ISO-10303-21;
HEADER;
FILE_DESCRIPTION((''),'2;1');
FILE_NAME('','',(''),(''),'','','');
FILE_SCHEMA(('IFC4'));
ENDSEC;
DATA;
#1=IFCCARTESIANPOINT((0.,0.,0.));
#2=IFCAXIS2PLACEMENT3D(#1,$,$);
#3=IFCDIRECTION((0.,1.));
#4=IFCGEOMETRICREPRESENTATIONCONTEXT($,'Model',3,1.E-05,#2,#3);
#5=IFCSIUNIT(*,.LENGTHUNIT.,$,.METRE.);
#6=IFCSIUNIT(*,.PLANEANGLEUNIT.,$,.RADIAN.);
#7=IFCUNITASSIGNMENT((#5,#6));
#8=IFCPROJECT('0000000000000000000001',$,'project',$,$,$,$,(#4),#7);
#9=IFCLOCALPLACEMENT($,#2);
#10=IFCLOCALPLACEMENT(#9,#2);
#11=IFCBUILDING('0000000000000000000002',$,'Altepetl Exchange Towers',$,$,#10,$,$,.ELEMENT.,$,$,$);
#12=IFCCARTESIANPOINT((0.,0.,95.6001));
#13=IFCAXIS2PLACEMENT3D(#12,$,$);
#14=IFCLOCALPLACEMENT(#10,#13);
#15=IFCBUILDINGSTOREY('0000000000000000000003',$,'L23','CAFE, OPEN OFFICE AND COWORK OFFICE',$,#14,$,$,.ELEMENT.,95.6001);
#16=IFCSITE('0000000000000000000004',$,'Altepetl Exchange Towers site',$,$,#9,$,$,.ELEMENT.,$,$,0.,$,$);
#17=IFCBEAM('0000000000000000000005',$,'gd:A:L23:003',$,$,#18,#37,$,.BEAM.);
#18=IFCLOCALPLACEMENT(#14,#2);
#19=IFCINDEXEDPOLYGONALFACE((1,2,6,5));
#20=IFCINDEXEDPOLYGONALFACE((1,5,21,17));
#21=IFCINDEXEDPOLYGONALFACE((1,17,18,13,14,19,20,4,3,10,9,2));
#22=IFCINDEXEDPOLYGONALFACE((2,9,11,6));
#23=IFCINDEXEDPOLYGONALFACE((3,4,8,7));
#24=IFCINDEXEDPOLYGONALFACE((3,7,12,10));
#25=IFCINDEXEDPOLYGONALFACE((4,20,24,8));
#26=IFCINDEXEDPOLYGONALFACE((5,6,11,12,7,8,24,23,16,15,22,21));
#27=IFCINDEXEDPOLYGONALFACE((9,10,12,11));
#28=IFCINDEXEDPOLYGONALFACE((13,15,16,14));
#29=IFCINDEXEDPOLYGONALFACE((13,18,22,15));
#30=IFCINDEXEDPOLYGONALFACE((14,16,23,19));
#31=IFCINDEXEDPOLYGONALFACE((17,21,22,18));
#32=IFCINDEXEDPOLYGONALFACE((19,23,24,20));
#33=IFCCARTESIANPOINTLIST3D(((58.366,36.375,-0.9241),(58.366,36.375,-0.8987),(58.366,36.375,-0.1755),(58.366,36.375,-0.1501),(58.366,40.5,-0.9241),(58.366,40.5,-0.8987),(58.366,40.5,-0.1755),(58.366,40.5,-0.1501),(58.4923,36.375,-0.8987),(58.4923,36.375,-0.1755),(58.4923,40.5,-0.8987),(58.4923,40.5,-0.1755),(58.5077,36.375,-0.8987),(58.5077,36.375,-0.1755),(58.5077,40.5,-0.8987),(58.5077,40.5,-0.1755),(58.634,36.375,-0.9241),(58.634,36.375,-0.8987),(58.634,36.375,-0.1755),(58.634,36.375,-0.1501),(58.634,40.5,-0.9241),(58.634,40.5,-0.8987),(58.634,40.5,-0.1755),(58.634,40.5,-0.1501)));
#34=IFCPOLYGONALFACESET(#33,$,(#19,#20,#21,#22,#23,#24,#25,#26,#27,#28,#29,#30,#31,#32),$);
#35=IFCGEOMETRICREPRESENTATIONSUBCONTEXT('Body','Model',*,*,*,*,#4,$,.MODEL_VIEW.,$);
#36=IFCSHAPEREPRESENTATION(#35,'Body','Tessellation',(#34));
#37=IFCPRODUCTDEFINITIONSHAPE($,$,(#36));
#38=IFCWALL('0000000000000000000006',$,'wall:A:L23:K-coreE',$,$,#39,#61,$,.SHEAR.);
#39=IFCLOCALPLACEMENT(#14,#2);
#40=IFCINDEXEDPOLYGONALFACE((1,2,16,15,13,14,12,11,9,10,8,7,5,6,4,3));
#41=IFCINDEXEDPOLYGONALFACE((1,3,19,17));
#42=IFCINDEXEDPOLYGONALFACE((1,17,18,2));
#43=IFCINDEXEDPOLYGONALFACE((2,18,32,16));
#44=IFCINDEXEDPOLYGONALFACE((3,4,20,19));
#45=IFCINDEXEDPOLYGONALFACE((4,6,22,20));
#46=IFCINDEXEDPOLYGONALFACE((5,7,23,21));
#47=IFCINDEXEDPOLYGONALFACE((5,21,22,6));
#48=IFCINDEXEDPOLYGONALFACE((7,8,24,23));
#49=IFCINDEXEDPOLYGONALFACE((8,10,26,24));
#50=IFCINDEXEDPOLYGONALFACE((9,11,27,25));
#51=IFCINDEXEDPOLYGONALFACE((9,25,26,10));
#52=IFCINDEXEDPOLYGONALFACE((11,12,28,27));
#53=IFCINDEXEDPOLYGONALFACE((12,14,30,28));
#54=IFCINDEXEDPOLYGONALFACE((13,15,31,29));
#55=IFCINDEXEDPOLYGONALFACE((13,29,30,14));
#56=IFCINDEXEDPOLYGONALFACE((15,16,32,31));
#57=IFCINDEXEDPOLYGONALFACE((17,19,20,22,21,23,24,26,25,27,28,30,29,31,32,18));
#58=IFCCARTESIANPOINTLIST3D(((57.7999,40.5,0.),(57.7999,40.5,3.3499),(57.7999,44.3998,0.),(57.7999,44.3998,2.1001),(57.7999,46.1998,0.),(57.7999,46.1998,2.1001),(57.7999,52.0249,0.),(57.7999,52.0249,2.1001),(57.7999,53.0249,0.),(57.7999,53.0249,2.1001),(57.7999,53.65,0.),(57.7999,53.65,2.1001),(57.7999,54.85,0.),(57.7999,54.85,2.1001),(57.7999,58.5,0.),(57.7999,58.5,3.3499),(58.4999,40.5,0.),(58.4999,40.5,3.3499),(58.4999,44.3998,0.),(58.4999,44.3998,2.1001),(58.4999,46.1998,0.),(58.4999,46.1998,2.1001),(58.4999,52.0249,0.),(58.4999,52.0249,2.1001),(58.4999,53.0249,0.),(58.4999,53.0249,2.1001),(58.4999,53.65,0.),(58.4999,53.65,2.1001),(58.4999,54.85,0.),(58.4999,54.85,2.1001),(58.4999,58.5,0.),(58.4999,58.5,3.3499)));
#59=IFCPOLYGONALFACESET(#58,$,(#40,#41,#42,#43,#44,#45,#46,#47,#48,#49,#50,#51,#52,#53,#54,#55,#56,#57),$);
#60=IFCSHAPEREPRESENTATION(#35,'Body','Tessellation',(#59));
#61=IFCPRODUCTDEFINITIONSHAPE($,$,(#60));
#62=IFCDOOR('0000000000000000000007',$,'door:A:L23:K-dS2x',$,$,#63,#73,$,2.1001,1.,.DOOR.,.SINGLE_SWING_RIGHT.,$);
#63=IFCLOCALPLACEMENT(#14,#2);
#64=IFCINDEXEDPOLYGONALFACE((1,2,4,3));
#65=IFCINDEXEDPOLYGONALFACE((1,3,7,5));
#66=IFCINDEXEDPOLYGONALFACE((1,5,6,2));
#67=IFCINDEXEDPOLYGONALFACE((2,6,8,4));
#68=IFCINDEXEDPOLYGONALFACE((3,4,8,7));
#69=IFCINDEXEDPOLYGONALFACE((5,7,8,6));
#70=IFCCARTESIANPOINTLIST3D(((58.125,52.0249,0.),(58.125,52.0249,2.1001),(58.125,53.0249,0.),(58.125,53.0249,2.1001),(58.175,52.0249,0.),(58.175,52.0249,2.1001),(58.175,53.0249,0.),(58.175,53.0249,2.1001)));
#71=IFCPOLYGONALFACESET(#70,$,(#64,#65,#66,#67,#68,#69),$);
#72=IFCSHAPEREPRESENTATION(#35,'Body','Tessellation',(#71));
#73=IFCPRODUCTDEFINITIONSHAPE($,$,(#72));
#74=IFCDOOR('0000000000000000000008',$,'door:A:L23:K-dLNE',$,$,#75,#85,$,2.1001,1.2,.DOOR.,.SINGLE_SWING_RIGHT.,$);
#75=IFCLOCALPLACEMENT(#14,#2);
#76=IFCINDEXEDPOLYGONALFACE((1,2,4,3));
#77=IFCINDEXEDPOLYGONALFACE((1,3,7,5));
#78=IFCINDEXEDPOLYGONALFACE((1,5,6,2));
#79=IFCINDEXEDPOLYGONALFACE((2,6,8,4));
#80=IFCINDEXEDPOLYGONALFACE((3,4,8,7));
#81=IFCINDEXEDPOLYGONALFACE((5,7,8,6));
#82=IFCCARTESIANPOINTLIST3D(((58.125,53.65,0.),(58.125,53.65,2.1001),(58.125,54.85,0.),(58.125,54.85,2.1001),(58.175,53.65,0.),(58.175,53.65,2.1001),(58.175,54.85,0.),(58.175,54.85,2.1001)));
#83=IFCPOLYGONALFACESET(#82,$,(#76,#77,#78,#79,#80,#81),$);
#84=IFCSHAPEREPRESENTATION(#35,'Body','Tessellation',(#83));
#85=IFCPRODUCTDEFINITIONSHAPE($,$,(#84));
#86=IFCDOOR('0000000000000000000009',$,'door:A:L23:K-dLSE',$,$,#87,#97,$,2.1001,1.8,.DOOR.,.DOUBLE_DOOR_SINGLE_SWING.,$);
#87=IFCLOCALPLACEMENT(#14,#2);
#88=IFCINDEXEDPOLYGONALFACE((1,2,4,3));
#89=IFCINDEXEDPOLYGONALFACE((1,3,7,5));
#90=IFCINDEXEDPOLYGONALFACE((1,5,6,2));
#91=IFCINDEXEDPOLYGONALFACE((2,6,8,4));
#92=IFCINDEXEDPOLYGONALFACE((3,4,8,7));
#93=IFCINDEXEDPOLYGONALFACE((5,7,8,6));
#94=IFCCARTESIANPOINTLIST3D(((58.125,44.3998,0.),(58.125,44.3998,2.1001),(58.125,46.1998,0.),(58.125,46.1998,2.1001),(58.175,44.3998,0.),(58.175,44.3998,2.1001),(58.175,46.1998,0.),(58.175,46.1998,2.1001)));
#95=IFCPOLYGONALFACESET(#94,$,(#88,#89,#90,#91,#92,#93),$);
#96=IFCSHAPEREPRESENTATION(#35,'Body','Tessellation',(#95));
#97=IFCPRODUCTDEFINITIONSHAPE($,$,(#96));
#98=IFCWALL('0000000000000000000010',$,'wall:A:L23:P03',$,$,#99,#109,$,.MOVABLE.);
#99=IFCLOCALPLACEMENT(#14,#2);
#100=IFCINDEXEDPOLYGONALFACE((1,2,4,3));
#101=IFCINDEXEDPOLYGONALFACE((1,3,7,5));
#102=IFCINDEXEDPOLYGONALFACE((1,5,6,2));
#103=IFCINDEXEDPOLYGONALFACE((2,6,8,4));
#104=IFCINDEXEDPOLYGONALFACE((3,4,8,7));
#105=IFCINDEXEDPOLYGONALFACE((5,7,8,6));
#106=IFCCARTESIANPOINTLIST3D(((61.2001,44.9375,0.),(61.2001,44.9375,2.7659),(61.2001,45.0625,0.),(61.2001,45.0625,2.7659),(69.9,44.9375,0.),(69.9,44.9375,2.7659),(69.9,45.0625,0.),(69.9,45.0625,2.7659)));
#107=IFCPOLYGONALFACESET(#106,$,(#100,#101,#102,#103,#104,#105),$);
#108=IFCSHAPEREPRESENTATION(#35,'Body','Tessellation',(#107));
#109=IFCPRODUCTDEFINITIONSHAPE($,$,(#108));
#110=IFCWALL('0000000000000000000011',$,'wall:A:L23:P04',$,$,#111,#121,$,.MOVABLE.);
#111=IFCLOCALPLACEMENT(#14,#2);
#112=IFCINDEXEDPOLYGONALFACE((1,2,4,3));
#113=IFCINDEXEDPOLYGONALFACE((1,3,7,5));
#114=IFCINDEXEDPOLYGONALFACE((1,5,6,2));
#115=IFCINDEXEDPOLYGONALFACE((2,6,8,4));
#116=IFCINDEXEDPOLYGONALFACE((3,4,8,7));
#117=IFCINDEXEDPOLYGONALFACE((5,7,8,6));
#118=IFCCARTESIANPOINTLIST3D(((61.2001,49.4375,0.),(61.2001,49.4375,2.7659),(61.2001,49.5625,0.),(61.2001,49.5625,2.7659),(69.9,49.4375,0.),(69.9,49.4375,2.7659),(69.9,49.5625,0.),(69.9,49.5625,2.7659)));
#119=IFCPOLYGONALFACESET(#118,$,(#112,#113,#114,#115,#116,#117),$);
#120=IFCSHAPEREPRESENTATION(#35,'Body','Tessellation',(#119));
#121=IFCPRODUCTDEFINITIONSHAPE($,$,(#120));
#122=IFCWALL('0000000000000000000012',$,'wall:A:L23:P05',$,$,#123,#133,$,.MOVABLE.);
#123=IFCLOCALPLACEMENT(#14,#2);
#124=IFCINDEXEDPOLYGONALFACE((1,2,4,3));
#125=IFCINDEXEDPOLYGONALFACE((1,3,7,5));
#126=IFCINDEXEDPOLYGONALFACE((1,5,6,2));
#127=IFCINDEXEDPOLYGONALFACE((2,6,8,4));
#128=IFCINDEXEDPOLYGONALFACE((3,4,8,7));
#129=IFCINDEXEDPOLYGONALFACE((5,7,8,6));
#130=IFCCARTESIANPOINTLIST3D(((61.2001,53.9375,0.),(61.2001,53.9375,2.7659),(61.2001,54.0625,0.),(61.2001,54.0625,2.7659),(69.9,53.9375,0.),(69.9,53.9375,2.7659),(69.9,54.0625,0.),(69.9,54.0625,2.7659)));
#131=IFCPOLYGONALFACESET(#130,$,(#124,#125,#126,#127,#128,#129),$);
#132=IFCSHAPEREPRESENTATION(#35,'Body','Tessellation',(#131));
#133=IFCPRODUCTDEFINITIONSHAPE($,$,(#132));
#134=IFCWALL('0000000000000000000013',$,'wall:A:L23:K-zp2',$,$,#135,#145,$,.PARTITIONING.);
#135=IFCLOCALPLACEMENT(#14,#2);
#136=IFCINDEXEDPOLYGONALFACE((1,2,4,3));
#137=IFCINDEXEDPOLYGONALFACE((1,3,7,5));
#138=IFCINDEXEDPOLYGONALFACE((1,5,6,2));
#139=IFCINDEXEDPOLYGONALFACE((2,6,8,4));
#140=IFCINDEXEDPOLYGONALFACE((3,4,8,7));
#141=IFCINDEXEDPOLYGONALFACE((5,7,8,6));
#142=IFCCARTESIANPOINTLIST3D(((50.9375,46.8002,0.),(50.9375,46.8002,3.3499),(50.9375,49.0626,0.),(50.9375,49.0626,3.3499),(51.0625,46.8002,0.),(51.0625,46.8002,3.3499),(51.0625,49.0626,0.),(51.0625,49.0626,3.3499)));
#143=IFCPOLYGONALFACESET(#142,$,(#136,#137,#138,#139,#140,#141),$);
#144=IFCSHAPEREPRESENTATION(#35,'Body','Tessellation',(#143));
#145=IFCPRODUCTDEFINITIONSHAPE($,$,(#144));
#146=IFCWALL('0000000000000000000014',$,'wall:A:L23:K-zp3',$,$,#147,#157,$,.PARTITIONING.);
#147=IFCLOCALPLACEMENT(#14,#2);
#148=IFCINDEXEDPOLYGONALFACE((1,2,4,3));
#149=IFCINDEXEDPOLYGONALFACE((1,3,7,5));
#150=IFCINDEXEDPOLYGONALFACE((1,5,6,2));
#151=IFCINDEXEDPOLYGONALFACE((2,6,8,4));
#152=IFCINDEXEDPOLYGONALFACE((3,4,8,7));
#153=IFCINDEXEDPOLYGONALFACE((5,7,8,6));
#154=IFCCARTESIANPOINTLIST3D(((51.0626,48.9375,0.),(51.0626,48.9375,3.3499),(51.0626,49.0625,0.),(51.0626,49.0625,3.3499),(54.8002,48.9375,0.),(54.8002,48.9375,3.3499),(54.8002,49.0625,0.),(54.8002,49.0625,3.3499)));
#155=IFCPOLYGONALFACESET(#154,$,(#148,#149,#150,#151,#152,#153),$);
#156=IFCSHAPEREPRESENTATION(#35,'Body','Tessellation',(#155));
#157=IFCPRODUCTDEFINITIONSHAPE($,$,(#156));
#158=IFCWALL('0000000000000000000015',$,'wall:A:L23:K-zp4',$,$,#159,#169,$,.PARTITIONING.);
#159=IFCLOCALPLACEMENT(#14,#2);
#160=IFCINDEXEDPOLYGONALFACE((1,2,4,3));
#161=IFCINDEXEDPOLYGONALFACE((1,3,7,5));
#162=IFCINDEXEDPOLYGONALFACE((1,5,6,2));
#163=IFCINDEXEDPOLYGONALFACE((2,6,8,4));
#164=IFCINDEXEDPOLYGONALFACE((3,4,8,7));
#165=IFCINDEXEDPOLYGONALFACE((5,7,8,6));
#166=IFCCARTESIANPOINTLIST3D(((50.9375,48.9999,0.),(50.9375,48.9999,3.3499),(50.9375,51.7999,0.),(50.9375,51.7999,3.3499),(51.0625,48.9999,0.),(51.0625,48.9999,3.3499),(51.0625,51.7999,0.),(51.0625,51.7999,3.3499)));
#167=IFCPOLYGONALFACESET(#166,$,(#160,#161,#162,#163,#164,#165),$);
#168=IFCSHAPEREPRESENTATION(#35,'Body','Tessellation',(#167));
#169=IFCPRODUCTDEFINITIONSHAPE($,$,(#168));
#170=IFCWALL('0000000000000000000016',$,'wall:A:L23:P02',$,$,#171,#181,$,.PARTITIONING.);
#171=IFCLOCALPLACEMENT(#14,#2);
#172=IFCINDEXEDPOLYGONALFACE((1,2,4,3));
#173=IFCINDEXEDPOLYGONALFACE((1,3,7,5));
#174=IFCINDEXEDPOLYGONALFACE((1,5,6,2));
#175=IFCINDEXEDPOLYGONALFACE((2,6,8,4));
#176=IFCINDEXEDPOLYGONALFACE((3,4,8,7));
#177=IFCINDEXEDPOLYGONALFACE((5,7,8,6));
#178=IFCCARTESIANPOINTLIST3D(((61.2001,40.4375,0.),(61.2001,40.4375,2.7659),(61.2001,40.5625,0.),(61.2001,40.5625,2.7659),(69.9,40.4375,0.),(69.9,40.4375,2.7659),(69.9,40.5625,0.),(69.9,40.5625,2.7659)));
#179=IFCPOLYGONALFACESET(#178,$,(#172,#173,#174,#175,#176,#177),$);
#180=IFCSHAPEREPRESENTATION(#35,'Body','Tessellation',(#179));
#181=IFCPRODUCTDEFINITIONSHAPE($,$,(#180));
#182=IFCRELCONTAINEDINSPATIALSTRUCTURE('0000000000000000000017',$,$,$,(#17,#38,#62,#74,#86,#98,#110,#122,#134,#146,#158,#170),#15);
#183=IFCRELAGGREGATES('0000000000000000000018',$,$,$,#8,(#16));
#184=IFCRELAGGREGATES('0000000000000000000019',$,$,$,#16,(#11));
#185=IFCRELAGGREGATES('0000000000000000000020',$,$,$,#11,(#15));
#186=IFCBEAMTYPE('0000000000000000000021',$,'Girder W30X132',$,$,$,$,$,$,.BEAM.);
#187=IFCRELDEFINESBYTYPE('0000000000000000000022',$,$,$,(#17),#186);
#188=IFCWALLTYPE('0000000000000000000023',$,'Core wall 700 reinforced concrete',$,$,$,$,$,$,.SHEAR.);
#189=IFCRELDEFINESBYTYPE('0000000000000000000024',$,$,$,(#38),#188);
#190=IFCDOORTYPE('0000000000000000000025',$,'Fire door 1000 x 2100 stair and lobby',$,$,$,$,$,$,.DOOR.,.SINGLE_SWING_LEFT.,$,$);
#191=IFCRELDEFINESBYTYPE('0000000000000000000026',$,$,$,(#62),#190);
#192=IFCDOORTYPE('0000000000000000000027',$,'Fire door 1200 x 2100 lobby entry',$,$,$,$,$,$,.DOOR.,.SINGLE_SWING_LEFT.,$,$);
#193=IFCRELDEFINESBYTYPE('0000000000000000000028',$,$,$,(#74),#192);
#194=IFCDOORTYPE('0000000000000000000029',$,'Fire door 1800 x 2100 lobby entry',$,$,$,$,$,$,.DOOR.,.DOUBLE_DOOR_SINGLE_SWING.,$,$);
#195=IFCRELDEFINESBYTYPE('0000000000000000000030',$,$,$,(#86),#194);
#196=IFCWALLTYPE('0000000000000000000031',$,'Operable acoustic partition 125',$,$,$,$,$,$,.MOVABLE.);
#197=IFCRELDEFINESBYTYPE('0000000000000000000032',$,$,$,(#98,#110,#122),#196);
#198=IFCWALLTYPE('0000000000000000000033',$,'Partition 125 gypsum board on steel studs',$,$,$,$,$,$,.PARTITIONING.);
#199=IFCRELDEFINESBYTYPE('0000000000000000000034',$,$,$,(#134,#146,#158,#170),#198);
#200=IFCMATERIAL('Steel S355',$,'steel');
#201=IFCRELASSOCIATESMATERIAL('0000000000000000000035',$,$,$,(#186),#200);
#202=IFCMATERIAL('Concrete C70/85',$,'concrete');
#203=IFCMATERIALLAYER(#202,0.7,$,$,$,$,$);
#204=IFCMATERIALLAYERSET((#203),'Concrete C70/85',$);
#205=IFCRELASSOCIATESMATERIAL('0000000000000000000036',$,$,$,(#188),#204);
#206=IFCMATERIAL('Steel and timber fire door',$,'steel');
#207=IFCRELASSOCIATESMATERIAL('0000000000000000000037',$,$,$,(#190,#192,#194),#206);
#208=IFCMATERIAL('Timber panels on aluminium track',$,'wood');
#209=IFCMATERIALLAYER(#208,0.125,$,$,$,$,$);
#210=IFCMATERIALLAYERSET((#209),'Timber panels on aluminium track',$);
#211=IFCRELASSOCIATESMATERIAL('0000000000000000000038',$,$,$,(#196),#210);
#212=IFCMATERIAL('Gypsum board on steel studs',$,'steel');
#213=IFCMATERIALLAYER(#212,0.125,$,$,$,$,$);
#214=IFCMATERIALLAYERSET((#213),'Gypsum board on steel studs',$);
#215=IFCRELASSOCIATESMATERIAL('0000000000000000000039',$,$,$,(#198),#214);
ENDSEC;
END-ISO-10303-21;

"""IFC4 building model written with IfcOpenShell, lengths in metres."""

from ifc_helpers import new_model, si_unit, direction, frame, frame_2d, origin, origin_2d, place, context, subcontext, project, spatial, rectangle, i_section, extrude, material, layer, layer_set, material_profile, profile_set, type_object, element, fill, save


model = new_model("IFC4")

# Units and contexts
model_context = context("Model", 3, precision=1e-05, world=origin(), true_north=direction((0.0, 1.0)))
body_context = subcontext(model_context, "Body", "Model", "MODEL_VIEW")
ifc_project = project(units=[si_unit("LENGTHUNIT", "METRE"), si_unit("PLANEANGLEUNIT", "RADIAN")], contexts=[model_context])

# Site, building, storey
site_placement = place(None, origin())
site = spatial("IfcSite", under=ifc_project, at=site_placement, Name="Altepetl Exchange Towers site", CompositionType="ELEMENT", RefElevation=0.0)
building_placement = place(site_placement, origin())
building = spatial("IfcBuilding", under=site, at=building_placement, Name="Altepetl Exchange Towers", CompositionType="ELEMENT")
storey_placement = place(building_placement, frame((0.0, 0.0, 95.6001)))
storey = spatial("IfcBuildingStorey", under=building, at=storey_placement, Name="L23", Description="CAFE, OPEN OFFICE AND COWORK OFFICE", CompositionType="ELEMENT", Elevation=95.6001)

# Shared definitions
ifc_material_1 = material(Name="Concrete C70/85", Category="concrete")

# Beam
ifc_material_2 = material(Name="Steel S355", Category="steel")
ifc_material_profile_1 = material_profile(ifc_material_2, i_section(OverallWidth=0.2681, OverallDepth=0.7739, WebThickness=0.0154, FlangeThickness=0.0254, at=origin_2d()), Name="W30X132")
ifc_profile_set_1 = profile_set([ifc_material_profile_1], Name="Steel S355")
beam_type_1 = type_object("IfcBeamType", Name="Girder W30X132", PredefinedType="BEAM", material=ifc_profile_set_1)
beam_1_placement = place(storey_placement, frame((58.5, 40.5, -0.5371), z_axis=(0.0, -1.0, 0.0), x_axis=(1.0, 0.0, 0.0)))
element("IfcBeam", 1, at=beam_1_placement, inside=storey, type_object=beam_type_1, Name="gd:A:L23:003", PredefinedType="BEAM", context=body_context, shape_type="SweptSolid", body=[
    extrude(i_section(OverallWidth=0.2681, OverallDepth=0.7739, WebThickness=0.0154, FlangeThickness=0.0254, at=origin_2d()), origin(), (0.0, 0.0, 1.0), 4.125),
])

# Wall, openings, doors
ifc_layer_1 = layer(ifc_material_1, 0.7)
ifc_layer_set_1 = layer_set([ifc_layer_1], Name="Concrete C70/85")
wall_type_1 = type_object("IfcWallType", Name="Core wall 700 reinforced concrete", PredefinedType="SHEAR", material=ifc_layer_set_1)
wall_1_placement = place(storey_placement, frame((58.1499, 40.5, 0.0), z_axis=(0.0, 0.0, 1.0), x_axis=(0.0, 1.0, 0.0)))
wall_1 = element("IfcWall", 2, at=wall_1_placement, inside=storey, type_object=wall_type_1, Name="wall:A:L23:K-coreE", PredefinedType="SHEAR", context=body_context, shape_type="SweptSolid", body=[
    extrude(rectangle(XDim=18.0, YDim=0.7, at=frame_2d((9.0, 0.0))), origin(), (0.0, 0.0, 1.0), 3.3499),
])
opening_1_placement = place(wall_1_placement, frame((13.1499, 0.0, 0.0)))
opening_1 = element("IfcOpeningElement", 3, at=opening_1_placement, cuts=wall_1, PredefinedType="OPENING", context=body_context, shape_type="SweptSolid", body=[
    extrude(rectangle(XDim=1.2, YDim=2.1001, at=frame_2d((0.6001, 1.05))), frame((0.0, 0.3599, 0.0), z_axis=(0.0, -1.0, 0.0), x_axis=(1.0, 0.0, 0.0)), (0.0, 0.0, 1.0), 0.72),
])
opening_2_placement = place(wall_1_placement, frame((3.8999, 0.0, 0.0)))
opening_2 = element("IfcOpeningElement", 4, at=opening_2_placement, cuts=wall_1, PredefinedType="OPENING", context=body_context, shape_type="SweptSolid", body=[
    extrude(rectangle(XDim=1.8, YDim=2.1001, at=frame_2d((0.8999, 1.05))), frame((0.0, 0.3599, 0.0), z_axis=(0.0, -1.0, 0.0), x_axis=(1.0, 0.0, 0.0)), (0.0, 0.0, 1.0), 0.72),
])
opening_3_placement = place(wall_1_placement, frame((11.5249, 0.0, 0.0)))
opening_3 = element("IfcOpeningElement", 5, at=opening_3_placement, cuts=wall_1, PredefinedType="OPENING", context=body_context, shape_type="SweptSolid", body=[
    extrude(rectangle(XDim=1.0, YDim=2.1001, at=frame_2d((0.5, 1.05))), frame((0.0, 0.3599, 0.0), z_axis=(0.0, -1.0, 0.0), x_axis=(1.0, 0.0, 0.0)), (0.0, 0.0, 1.0), 0.72),
])
ifc_material_3 = material(Name="Steel and timber fire door", Category="steel")
door_type_1 = type_object("IfcDoorType", Name="Fire door 1000 x 2100 stair and lobby", OperationType="SINGLE_SWING_LEFT", PredefinedType="DOOR", material=ifc_material_3)
door_1_placement = place(opening_3_placement, origin())
door_1 = element("IfcDoor", 6, at=door_1_placement, inside=storey, type_object=door_type_1, Name="door:A:L23:K-dS2x", OperationType="SINGLE_SWING_RIGHT", OverallHeight=2.1001, OverallWidth=1.0, PredefinedType="DOOR", context=body_context, shape_type="SweptSolid", body=[
    extrude(rectangle(XDim=1.0, YDim=2.1001, at=frame_2d((0.5, 1.05))), frame((0.0, 0.0249, 0.0), z_axis=(0.0, -1.0, 0.0), x_axis=(1.0, 0.0, 0.0)), (0.0, 0.0, 1.0), 0.05),
])
fill(opening_3, door_1)
door_type_2 = type_object("IfcDoorType", Name="Fire door 1200 x 2100 lobby entry", OperationType="SINGLE_SWING_LEFT", PredefinedType="DOOR", material=ifc_material_3)
door_2_placement = place(opening_1_placement, origin())
door_2 = element("IfcDoor", 7, at=door_2_placement, inside=storey, type_object=door_type_2, Name="door:A:L23:K-dLNE", OperationType="SINGLE_SWING_RIGHT", OverallHeight=2.1001, OverallWidth=1.2, PredefinedType="DOOR", context=body_context, shape_type="SweptSolid", body=[
    extrude(rectangle(XDim=1.2, YDim=2.1001, at=frame_2d((0.6001, 1.05))), frame((0.0, 0.0249, 0.0), z_axis=(0.0, -1.0, 0.0), x_axis=(1.0, 0.0, 0.0)), (0.0, 0.0, 1.0), 0.05),
])
fill(opening_1, door_2)
door_type_3 = type_object("IfcDoorType", Name="Fire door 1800 x 2100 lobby entry", OperationType="DOUBLE_DOOR_SINGLE_SWING", PredefinedType="DOOR", material=ifc_material_3)
door_3_placement = place(opening_2_placement, origin())
door_3 = element("IfcDoor", 8, at=door_3_placement, inside=storey, type_object=door_type_3, Name="door:A:L23:K-dLSE", OperationType="DOUBLE_DOOR_SINGLE_SWING", OverallHeight=2.1001, OverallWidth=1.8, PredefinedType="DOOR", context=body_context, shape_type="SweptSolid", body=[
    extrude(rectangle(XDim=1.8, YDim=2.1001, at=frame_2d((0.8999, 1.05))), frame((0.0, 0.0249, 0.0), z_axis=(0.0, -1.0, 0.0), x_axis=(1.0, 0.0, 0.0)), (0.0, 0.0, 1.0), 0.05),
])
fill(opening_2, door_3)

# Walls
ifc_material_4 = material(Name="Timber panels on aluminium track", Category="wood")
ifc_layer_2 = layer(ifc_material_4, 0.125)
ifc_layer_set_2 = layer_set([ifc_layer_2], Name="Timber panels on aluminium track")
wall_type_2 = type_object("IfcWallType", Name="Operable acoustic partition 125", PredefinedType="MOVABLE", material=ifc_layer_set_2)
for number, where, name in (
    (9, (61.2, 45.0, 0.0), "wall:A:L23:P03"),
    (10, (61.2, 49.5, 0.0), "wall:A:L23:P04"),
    (11, (61.2, 54.0, 0.0), "wall:A:L23:P05"),
):
    element("IfcWall", number, at=place(storey_placement, frame(where)), inside=storey, type_object=wall_type_2, Name=name, PredefinedType="MOVABLE", context=body_context, shape_type="SweptSolid", body=[
        extrude(rectangle(XDim=8.7, YDim=0.125, at=frame_2d((4.3501, 0.0))), origin(), (0.0, 0.0, 1.0), 2.7659),
    ])
ifc_material_5 = material(Name="Gypsum board on steel studs", Category="steel")
ifc_layer_3 = layer(ifc_material_5, 0.125)
ifc_layer_set_3 = layer_set([ifc_layer_3], Name="Gypsum board on steel studs")
wall_type_3 = type_object("IfcWallType", Name="Partition 125 gypsum board on steel studs", PredefinedType="PARTITIONING", material=ifc_layer_set_3)
wall_2_placement = place(storey_placement, frame((51.0, 46.8, 0.0), z_axis=(0.0, 0.0, 1.0), x_axis=(0.0, 1.0, 0.0)))
element("IfcWall", 12, at=wall_2_placement, inside=storey, type_object=wall_type_3, Name="wall:A:L23:K-zp2", PredefinedType="PARTITIONING", context=body_context, shape_type="SweptSolid", body=[
    extrude(rectangle(XDim=2.2625, YDim=0.125, at=frame_2d((1.1313, 0.0))), origin(), (0.0, 0.0, 1.0), 3.3499),
])
wall_3_placement = place(storey_placement, frame((54.8, 49.0, 0.0), z_axis=(0.0, 0.0, 1.0), x_axis=(-1.0, 0.0, 0.0)))
element("IfcWall", 13, at=wall_3_placement, inside=storey, type_object=wall_type_3, Name="wall:A:L23:K-zp3", PredefinedType="PARTITIONING", context=body_context, shape_type="SweptSolid", body=[
    extrude(rectangle(XDim=3.7375, YDim=0.125, at=frame_2d((1.8687, 0.0))), origin(), (0.0, 0.0, 1.0), 3.3499),
])
wall_4_placement = place(storey_placement, frame((51.0, 49.0, 0.0), z_axis=(0.0, 0.0, 1.0), x_axis=(0.0, 1.0, 0.0)))
element("IfcWall", 14, at=wall_4_placement, inside=storey, type_object=wall_type_3, Name="wall:A:L23:K-zp4", PredefinedType="PARTITIONING", context=body_context, shape_type="SweptSolid", body=[
    extrude(rectangle(XDim=2.8, YDim=0.125, at=frame_2d((1.3999, 0.0))), origin(), (0.0, 0.0, 1.0), 3.3499),
])
wall_5_placement = place(storey_placement, frame((61.2, 40.5, 0.0)))
element("IfcWall", 15, at=wall_5_placement, inside=storey, type_object=wall_type_3, Name="wall:A:L23:P02", PredefinedType="PARTITIONING", context=body_context, shape_type="SweptSolid", body=[
    extrude(rectangle(XDim=8.7, YDim=0.125, at=frame_2d((4.3501, 0.0))), origin(), (0.0, 0.0, 1.0), 2.7659),
])

save(model, "model.ifc")
